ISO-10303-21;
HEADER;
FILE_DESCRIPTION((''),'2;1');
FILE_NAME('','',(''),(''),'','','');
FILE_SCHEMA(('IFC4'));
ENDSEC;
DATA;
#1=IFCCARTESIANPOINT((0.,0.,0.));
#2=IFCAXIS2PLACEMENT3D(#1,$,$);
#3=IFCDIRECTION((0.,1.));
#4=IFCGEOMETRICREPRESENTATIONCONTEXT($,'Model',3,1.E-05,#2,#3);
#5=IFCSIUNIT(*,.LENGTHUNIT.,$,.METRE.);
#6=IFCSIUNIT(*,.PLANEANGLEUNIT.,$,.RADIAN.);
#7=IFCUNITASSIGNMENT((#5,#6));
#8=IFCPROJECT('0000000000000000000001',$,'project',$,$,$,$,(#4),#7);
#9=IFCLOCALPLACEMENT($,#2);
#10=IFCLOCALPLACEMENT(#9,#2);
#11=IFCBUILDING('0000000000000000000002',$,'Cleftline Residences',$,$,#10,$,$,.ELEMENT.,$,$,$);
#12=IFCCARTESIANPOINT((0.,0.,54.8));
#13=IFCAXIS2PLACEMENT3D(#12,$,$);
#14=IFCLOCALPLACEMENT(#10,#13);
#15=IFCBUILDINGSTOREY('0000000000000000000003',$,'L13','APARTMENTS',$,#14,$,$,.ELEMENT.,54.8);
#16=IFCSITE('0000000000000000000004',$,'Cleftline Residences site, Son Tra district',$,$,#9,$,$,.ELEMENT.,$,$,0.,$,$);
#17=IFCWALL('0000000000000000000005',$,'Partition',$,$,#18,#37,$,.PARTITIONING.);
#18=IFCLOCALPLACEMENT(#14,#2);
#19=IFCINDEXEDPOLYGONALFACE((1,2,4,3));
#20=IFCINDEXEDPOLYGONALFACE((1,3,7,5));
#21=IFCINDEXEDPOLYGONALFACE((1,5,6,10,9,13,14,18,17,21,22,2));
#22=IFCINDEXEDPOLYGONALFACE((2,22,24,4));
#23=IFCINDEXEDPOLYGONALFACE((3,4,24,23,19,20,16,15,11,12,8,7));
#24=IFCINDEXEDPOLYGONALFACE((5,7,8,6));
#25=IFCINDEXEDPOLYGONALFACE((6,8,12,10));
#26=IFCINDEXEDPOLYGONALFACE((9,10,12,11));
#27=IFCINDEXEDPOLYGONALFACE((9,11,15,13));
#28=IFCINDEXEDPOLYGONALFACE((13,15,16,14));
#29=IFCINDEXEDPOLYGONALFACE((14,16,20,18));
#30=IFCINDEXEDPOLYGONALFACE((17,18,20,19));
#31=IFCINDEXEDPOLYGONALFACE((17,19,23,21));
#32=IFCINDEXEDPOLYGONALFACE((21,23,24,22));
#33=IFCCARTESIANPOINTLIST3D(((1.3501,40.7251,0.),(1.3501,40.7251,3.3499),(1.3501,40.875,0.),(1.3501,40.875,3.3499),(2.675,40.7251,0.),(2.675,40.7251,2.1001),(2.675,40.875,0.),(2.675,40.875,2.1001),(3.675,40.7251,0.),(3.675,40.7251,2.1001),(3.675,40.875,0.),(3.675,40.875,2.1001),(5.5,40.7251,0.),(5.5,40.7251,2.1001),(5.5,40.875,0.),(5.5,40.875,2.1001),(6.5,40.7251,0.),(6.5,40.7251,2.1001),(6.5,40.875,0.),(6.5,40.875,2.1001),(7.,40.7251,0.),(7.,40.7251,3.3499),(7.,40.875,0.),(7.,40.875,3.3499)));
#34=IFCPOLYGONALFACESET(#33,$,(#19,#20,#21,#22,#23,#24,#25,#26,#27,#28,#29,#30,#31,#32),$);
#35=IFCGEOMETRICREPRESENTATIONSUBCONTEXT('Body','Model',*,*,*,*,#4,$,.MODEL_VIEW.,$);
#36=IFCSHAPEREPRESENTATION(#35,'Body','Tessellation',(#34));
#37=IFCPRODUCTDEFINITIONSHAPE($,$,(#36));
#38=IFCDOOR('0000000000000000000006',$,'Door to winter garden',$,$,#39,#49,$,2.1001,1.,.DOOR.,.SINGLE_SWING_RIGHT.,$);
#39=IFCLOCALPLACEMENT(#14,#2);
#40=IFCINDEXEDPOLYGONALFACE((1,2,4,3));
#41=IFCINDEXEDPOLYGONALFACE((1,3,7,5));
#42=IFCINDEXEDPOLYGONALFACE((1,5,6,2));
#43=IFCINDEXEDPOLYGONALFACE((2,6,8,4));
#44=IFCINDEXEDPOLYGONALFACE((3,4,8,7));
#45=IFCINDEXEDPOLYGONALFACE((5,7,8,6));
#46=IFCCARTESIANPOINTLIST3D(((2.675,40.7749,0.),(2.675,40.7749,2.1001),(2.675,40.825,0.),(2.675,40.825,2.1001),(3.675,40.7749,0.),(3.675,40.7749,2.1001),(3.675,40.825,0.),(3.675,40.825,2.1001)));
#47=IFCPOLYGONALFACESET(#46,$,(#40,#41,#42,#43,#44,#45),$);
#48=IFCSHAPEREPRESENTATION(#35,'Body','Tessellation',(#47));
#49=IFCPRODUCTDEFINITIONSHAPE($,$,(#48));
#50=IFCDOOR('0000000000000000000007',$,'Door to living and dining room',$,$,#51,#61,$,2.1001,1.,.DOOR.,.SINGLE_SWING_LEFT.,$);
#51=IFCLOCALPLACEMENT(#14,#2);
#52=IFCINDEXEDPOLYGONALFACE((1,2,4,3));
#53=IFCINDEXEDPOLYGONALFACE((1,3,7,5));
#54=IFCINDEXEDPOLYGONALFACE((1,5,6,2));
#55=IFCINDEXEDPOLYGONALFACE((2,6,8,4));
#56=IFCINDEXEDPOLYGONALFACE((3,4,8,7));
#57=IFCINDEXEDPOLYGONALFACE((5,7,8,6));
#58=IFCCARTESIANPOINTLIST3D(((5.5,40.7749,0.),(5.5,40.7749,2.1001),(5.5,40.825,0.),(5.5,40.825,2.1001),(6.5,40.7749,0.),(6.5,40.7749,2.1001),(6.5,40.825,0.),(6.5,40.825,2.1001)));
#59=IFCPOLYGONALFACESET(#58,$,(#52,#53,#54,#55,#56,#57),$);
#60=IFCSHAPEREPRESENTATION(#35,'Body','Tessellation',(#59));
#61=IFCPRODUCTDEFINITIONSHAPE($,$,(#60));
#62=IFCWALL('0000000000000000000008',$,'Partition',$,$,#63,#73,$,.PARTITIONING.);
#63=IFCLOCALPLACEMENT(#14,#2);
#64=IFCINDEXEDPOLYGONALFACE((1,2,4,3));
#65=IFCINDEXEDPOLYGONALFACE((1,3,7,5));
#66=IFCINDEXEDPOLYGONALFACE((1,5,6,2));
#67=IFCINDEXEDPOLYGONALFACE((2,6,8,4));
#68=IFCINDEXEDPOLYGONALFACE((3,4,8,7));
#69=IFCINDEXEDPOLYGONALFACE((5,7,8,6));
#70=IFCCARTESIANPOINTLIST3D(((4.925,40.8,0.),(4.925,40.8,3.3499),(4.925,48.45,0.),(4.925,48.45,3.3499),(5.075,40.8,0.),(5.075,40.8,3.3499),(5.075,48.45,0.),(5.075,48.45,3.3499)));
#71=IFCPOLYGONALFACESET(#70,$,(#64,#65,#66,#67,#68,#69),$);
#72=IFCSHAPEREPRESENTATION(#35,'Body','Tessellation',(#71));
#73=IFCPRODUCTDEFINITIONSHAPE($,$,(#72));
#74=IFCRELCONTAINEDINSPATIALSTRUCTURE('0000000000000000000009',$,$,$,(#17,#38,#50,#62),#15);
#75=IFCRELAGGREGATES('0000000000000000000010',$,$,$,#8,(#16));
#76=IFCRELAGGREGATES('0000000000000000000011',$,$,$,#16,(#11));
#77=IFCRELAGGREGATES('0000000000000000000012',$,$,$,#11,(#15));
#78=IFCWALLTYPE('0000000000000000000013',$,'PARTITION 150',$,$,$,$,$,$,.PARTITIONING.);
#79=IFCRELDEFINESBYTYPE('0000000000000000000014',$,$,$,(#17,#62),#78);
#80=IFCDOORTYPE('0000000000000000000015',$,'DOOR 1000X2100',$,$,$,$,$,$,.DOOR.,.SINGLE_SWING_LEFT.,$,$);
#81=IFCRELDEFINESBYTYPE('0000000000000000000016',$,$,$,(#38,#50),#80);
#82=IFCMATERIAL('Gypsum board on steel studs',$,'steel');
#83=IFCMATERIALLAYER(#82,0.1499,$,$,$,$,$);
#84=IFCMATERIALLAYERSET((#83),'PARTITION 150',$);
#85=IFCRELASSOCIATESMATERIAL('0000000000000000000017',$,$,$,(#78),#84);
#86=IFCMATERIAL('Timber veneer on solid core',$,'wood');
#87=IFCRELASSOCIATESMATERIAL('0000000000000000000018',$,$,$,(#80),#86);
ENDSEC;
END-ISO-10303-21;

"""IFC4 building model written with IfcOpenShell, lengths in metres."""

from ifc_helpers import new_model, si_unit, direction, frame, frame_2d, origin, place, context, subcontext, project, spatial, rectangle, extrude, material, layer, layer_set, type_object, element, fill, save


model = new_model("IFC4")

# Units and contexts
model_context = context("Model", 3, precision=1e-05, world=origin(), true_north=direction((0.0, 1.0)))
body_context = subcontext(model_context, "Body", "Model", "MODEL_VIEW")
ifc_project = project(units=[si_unit("LENGTHUNIT", "METRE"), si_unit("PLANEANGLEUNIT", "RADIAN")], contexts=[model_context])

# Site, building, storey
site_placement = place(None, origin())
site = spatial("IfcSite", under=ifc_project, at=site_placement, Name="Cleftline Residences site, Son Tra district", CompositionType="ELEMENT", RefElevation=0.0)
building_placement = place(site_placement, origin())
building = spatial("IfcBuilding", under=site, at=building_placement, Name="Cleftline Residences", CompositionType="ELEMENT")
storey_placement = place(building_placement, frame((0.0, 0.0, 54.8)))
storey = spatial("IfcBuildingStorey", under=building, at=storey_placement, Name="L13", Description="APARTMENTS", CompositionType="ELEMENT", Elevation=54.8)

# Wall, openings, doors
ifc_material_1 = material(Name="Gypsum board on steel studs", Category="steel")
ifc_layer_1 = layer(ifc_material_1, 0.1499)
ifc_layer_set_1 = layer_set([ifc_layer_1], Name="PARTITION 150")
wall_type_1 = type_object("IfcWallType", Name="PARTITION 150", PredefinedType="PARTITIONING", material=ifc_layer_set_1)
wall_1_placement = place(storey_placement, frame((1.3501, 40.8, 0.0), z_axis=(0.0, 0.0, 1.0), x_axis=(1.0, 0.0, 0.0)))
wall_1 = element("IfcWall", 1, at=wall_1_placement, inside=storey, type_object=wall_type_1, Name="Partition", PredefinedType="PARTITIONING", context=body_context, shape_type="SweptSolid", body=[
    extrude(rectangle(XDim=5.6499, YDim=0.1499, at=frame_2d((2.825, 0.0))), origin(), (0.0, 0.0, 1.0), 3.3499),
])
opening_1_placement = place(wall_1_placement, frame((1.325, 0.0, 0.0)))
opening_1 = element("IfcOpeningElement", 2, at=opening_1_placement, cuts=wall_1, PredefinedType="OPENING", context=body_context, shape_type="SweptSolid", body=[
    extrude(rectangle(XDim=1.0, YDim=2.1001, at=frame_2d((0.5, 1.05))), frame((0.0, 0.085, 0.0), z_axis=(0.0, -1.0, 0.0), x_axis=(1.0, 0.0, 0.0)), (0.0, 0.0, 1.0), 0.1699),
])
opening_2_placement = place(wall_1_placement, frame((4.1499, 0.0, 0.0)))
opening_2 = element("IfcOpeningElement", 3, at=opening_2_placement, cuts=wall_1, PredefinedType="OPENING", context=body_context, shape_type="SweptSolid", body=[
    extrude(rectangle(XDim=1.0, YDim=2.1001, at=frame_2d((0.5, 1.05))), frame((0.0, 0.085, 0.0), z_axis=(0.0, -1.0, 0.0), x_axis=(1.0, 0.0, 0.0)), (0.0, 0.0, 1.0), 0.1699),
])
ifc_material_2 = material(Name="Timber veneer on solid core", Category="wood")
door_type = type_object("IfcDoorType", Name="DOOR 1000X2100", OperationType="SINGLE_SWING_LEFT", PredefinedType="DOOR", material=ifc_material_2)
door_1_placement = place(opening_1_placement, origin())
door_1 = element("IfcDoor", 4, at=door_1_placement, inside=storey, type_object=door_type, Name="Door to winter garden", OperationType="SINGLE_SWING_RIGHT", OverallHeight=2.1001, OverallWidth=1.0, PredefinedType="DOOR", context=body_context, shape_type="SweptSolid", body=[
    extrude(rectangle(XDim=1.0, YDim=2.1001, at=frame_2d((0.5, 1.05))), frame((0.0, 0.0249, 0.0), z_axis=(0.0, -1.0, 0.0), x_axis=(1.0, 0.0, 0.0)), (0.0, 0.0, 1.0), 0.05),
])
fill(opening_1, door_1)
door_2_placement = place(opening_2_placement, origin())
door_2 = element("IfcDoor", 5, at=door_2_placement, inside=storey, type_object=door_type, Name="Door to living and dining room", OperationType="SINGLE_SWING_LEFT", OverallHeight=2.1001, OverallWidth=1.0, PredefinedType="DOOR", context=body_context, shape_type="SweptSolid", body=[
    extrude(rectangle(XDim=1.0, YDim=2.1001, at=frame_2d((0.5, 1.05))), frame((0.0, 0.0249, 0.0), z_axis=(0.0, -1.0, 0.0), x_axis=(1.0, 0.0, 0.0)), (0.0, 0.0, 1.0), 0.05),
])
fill(opening_2, door_2)

# Wall
wall_2_placement = place(storey_placement, frame((5.0, 40.8, 0.0), z_axis=(0.0, 0.0, 1.0), x_axis=(0.0, 1.0, 0.0)))
element("IfcWall", 6, at=wall_2_placement, inside=storey, type_object=wall_type_1, Name="Partition", PredefinedType="PARTITIONING", context=body_context, shape_type="SweptSolid", body=[
    extrude(rectangle(XDim=7.6499, YDim=0.1499, at=frame_2d((3.825, 0.0))), origin(), (0.0, 0.0, 1.0), 3.3499),
])

save(model, "model.ifc")
